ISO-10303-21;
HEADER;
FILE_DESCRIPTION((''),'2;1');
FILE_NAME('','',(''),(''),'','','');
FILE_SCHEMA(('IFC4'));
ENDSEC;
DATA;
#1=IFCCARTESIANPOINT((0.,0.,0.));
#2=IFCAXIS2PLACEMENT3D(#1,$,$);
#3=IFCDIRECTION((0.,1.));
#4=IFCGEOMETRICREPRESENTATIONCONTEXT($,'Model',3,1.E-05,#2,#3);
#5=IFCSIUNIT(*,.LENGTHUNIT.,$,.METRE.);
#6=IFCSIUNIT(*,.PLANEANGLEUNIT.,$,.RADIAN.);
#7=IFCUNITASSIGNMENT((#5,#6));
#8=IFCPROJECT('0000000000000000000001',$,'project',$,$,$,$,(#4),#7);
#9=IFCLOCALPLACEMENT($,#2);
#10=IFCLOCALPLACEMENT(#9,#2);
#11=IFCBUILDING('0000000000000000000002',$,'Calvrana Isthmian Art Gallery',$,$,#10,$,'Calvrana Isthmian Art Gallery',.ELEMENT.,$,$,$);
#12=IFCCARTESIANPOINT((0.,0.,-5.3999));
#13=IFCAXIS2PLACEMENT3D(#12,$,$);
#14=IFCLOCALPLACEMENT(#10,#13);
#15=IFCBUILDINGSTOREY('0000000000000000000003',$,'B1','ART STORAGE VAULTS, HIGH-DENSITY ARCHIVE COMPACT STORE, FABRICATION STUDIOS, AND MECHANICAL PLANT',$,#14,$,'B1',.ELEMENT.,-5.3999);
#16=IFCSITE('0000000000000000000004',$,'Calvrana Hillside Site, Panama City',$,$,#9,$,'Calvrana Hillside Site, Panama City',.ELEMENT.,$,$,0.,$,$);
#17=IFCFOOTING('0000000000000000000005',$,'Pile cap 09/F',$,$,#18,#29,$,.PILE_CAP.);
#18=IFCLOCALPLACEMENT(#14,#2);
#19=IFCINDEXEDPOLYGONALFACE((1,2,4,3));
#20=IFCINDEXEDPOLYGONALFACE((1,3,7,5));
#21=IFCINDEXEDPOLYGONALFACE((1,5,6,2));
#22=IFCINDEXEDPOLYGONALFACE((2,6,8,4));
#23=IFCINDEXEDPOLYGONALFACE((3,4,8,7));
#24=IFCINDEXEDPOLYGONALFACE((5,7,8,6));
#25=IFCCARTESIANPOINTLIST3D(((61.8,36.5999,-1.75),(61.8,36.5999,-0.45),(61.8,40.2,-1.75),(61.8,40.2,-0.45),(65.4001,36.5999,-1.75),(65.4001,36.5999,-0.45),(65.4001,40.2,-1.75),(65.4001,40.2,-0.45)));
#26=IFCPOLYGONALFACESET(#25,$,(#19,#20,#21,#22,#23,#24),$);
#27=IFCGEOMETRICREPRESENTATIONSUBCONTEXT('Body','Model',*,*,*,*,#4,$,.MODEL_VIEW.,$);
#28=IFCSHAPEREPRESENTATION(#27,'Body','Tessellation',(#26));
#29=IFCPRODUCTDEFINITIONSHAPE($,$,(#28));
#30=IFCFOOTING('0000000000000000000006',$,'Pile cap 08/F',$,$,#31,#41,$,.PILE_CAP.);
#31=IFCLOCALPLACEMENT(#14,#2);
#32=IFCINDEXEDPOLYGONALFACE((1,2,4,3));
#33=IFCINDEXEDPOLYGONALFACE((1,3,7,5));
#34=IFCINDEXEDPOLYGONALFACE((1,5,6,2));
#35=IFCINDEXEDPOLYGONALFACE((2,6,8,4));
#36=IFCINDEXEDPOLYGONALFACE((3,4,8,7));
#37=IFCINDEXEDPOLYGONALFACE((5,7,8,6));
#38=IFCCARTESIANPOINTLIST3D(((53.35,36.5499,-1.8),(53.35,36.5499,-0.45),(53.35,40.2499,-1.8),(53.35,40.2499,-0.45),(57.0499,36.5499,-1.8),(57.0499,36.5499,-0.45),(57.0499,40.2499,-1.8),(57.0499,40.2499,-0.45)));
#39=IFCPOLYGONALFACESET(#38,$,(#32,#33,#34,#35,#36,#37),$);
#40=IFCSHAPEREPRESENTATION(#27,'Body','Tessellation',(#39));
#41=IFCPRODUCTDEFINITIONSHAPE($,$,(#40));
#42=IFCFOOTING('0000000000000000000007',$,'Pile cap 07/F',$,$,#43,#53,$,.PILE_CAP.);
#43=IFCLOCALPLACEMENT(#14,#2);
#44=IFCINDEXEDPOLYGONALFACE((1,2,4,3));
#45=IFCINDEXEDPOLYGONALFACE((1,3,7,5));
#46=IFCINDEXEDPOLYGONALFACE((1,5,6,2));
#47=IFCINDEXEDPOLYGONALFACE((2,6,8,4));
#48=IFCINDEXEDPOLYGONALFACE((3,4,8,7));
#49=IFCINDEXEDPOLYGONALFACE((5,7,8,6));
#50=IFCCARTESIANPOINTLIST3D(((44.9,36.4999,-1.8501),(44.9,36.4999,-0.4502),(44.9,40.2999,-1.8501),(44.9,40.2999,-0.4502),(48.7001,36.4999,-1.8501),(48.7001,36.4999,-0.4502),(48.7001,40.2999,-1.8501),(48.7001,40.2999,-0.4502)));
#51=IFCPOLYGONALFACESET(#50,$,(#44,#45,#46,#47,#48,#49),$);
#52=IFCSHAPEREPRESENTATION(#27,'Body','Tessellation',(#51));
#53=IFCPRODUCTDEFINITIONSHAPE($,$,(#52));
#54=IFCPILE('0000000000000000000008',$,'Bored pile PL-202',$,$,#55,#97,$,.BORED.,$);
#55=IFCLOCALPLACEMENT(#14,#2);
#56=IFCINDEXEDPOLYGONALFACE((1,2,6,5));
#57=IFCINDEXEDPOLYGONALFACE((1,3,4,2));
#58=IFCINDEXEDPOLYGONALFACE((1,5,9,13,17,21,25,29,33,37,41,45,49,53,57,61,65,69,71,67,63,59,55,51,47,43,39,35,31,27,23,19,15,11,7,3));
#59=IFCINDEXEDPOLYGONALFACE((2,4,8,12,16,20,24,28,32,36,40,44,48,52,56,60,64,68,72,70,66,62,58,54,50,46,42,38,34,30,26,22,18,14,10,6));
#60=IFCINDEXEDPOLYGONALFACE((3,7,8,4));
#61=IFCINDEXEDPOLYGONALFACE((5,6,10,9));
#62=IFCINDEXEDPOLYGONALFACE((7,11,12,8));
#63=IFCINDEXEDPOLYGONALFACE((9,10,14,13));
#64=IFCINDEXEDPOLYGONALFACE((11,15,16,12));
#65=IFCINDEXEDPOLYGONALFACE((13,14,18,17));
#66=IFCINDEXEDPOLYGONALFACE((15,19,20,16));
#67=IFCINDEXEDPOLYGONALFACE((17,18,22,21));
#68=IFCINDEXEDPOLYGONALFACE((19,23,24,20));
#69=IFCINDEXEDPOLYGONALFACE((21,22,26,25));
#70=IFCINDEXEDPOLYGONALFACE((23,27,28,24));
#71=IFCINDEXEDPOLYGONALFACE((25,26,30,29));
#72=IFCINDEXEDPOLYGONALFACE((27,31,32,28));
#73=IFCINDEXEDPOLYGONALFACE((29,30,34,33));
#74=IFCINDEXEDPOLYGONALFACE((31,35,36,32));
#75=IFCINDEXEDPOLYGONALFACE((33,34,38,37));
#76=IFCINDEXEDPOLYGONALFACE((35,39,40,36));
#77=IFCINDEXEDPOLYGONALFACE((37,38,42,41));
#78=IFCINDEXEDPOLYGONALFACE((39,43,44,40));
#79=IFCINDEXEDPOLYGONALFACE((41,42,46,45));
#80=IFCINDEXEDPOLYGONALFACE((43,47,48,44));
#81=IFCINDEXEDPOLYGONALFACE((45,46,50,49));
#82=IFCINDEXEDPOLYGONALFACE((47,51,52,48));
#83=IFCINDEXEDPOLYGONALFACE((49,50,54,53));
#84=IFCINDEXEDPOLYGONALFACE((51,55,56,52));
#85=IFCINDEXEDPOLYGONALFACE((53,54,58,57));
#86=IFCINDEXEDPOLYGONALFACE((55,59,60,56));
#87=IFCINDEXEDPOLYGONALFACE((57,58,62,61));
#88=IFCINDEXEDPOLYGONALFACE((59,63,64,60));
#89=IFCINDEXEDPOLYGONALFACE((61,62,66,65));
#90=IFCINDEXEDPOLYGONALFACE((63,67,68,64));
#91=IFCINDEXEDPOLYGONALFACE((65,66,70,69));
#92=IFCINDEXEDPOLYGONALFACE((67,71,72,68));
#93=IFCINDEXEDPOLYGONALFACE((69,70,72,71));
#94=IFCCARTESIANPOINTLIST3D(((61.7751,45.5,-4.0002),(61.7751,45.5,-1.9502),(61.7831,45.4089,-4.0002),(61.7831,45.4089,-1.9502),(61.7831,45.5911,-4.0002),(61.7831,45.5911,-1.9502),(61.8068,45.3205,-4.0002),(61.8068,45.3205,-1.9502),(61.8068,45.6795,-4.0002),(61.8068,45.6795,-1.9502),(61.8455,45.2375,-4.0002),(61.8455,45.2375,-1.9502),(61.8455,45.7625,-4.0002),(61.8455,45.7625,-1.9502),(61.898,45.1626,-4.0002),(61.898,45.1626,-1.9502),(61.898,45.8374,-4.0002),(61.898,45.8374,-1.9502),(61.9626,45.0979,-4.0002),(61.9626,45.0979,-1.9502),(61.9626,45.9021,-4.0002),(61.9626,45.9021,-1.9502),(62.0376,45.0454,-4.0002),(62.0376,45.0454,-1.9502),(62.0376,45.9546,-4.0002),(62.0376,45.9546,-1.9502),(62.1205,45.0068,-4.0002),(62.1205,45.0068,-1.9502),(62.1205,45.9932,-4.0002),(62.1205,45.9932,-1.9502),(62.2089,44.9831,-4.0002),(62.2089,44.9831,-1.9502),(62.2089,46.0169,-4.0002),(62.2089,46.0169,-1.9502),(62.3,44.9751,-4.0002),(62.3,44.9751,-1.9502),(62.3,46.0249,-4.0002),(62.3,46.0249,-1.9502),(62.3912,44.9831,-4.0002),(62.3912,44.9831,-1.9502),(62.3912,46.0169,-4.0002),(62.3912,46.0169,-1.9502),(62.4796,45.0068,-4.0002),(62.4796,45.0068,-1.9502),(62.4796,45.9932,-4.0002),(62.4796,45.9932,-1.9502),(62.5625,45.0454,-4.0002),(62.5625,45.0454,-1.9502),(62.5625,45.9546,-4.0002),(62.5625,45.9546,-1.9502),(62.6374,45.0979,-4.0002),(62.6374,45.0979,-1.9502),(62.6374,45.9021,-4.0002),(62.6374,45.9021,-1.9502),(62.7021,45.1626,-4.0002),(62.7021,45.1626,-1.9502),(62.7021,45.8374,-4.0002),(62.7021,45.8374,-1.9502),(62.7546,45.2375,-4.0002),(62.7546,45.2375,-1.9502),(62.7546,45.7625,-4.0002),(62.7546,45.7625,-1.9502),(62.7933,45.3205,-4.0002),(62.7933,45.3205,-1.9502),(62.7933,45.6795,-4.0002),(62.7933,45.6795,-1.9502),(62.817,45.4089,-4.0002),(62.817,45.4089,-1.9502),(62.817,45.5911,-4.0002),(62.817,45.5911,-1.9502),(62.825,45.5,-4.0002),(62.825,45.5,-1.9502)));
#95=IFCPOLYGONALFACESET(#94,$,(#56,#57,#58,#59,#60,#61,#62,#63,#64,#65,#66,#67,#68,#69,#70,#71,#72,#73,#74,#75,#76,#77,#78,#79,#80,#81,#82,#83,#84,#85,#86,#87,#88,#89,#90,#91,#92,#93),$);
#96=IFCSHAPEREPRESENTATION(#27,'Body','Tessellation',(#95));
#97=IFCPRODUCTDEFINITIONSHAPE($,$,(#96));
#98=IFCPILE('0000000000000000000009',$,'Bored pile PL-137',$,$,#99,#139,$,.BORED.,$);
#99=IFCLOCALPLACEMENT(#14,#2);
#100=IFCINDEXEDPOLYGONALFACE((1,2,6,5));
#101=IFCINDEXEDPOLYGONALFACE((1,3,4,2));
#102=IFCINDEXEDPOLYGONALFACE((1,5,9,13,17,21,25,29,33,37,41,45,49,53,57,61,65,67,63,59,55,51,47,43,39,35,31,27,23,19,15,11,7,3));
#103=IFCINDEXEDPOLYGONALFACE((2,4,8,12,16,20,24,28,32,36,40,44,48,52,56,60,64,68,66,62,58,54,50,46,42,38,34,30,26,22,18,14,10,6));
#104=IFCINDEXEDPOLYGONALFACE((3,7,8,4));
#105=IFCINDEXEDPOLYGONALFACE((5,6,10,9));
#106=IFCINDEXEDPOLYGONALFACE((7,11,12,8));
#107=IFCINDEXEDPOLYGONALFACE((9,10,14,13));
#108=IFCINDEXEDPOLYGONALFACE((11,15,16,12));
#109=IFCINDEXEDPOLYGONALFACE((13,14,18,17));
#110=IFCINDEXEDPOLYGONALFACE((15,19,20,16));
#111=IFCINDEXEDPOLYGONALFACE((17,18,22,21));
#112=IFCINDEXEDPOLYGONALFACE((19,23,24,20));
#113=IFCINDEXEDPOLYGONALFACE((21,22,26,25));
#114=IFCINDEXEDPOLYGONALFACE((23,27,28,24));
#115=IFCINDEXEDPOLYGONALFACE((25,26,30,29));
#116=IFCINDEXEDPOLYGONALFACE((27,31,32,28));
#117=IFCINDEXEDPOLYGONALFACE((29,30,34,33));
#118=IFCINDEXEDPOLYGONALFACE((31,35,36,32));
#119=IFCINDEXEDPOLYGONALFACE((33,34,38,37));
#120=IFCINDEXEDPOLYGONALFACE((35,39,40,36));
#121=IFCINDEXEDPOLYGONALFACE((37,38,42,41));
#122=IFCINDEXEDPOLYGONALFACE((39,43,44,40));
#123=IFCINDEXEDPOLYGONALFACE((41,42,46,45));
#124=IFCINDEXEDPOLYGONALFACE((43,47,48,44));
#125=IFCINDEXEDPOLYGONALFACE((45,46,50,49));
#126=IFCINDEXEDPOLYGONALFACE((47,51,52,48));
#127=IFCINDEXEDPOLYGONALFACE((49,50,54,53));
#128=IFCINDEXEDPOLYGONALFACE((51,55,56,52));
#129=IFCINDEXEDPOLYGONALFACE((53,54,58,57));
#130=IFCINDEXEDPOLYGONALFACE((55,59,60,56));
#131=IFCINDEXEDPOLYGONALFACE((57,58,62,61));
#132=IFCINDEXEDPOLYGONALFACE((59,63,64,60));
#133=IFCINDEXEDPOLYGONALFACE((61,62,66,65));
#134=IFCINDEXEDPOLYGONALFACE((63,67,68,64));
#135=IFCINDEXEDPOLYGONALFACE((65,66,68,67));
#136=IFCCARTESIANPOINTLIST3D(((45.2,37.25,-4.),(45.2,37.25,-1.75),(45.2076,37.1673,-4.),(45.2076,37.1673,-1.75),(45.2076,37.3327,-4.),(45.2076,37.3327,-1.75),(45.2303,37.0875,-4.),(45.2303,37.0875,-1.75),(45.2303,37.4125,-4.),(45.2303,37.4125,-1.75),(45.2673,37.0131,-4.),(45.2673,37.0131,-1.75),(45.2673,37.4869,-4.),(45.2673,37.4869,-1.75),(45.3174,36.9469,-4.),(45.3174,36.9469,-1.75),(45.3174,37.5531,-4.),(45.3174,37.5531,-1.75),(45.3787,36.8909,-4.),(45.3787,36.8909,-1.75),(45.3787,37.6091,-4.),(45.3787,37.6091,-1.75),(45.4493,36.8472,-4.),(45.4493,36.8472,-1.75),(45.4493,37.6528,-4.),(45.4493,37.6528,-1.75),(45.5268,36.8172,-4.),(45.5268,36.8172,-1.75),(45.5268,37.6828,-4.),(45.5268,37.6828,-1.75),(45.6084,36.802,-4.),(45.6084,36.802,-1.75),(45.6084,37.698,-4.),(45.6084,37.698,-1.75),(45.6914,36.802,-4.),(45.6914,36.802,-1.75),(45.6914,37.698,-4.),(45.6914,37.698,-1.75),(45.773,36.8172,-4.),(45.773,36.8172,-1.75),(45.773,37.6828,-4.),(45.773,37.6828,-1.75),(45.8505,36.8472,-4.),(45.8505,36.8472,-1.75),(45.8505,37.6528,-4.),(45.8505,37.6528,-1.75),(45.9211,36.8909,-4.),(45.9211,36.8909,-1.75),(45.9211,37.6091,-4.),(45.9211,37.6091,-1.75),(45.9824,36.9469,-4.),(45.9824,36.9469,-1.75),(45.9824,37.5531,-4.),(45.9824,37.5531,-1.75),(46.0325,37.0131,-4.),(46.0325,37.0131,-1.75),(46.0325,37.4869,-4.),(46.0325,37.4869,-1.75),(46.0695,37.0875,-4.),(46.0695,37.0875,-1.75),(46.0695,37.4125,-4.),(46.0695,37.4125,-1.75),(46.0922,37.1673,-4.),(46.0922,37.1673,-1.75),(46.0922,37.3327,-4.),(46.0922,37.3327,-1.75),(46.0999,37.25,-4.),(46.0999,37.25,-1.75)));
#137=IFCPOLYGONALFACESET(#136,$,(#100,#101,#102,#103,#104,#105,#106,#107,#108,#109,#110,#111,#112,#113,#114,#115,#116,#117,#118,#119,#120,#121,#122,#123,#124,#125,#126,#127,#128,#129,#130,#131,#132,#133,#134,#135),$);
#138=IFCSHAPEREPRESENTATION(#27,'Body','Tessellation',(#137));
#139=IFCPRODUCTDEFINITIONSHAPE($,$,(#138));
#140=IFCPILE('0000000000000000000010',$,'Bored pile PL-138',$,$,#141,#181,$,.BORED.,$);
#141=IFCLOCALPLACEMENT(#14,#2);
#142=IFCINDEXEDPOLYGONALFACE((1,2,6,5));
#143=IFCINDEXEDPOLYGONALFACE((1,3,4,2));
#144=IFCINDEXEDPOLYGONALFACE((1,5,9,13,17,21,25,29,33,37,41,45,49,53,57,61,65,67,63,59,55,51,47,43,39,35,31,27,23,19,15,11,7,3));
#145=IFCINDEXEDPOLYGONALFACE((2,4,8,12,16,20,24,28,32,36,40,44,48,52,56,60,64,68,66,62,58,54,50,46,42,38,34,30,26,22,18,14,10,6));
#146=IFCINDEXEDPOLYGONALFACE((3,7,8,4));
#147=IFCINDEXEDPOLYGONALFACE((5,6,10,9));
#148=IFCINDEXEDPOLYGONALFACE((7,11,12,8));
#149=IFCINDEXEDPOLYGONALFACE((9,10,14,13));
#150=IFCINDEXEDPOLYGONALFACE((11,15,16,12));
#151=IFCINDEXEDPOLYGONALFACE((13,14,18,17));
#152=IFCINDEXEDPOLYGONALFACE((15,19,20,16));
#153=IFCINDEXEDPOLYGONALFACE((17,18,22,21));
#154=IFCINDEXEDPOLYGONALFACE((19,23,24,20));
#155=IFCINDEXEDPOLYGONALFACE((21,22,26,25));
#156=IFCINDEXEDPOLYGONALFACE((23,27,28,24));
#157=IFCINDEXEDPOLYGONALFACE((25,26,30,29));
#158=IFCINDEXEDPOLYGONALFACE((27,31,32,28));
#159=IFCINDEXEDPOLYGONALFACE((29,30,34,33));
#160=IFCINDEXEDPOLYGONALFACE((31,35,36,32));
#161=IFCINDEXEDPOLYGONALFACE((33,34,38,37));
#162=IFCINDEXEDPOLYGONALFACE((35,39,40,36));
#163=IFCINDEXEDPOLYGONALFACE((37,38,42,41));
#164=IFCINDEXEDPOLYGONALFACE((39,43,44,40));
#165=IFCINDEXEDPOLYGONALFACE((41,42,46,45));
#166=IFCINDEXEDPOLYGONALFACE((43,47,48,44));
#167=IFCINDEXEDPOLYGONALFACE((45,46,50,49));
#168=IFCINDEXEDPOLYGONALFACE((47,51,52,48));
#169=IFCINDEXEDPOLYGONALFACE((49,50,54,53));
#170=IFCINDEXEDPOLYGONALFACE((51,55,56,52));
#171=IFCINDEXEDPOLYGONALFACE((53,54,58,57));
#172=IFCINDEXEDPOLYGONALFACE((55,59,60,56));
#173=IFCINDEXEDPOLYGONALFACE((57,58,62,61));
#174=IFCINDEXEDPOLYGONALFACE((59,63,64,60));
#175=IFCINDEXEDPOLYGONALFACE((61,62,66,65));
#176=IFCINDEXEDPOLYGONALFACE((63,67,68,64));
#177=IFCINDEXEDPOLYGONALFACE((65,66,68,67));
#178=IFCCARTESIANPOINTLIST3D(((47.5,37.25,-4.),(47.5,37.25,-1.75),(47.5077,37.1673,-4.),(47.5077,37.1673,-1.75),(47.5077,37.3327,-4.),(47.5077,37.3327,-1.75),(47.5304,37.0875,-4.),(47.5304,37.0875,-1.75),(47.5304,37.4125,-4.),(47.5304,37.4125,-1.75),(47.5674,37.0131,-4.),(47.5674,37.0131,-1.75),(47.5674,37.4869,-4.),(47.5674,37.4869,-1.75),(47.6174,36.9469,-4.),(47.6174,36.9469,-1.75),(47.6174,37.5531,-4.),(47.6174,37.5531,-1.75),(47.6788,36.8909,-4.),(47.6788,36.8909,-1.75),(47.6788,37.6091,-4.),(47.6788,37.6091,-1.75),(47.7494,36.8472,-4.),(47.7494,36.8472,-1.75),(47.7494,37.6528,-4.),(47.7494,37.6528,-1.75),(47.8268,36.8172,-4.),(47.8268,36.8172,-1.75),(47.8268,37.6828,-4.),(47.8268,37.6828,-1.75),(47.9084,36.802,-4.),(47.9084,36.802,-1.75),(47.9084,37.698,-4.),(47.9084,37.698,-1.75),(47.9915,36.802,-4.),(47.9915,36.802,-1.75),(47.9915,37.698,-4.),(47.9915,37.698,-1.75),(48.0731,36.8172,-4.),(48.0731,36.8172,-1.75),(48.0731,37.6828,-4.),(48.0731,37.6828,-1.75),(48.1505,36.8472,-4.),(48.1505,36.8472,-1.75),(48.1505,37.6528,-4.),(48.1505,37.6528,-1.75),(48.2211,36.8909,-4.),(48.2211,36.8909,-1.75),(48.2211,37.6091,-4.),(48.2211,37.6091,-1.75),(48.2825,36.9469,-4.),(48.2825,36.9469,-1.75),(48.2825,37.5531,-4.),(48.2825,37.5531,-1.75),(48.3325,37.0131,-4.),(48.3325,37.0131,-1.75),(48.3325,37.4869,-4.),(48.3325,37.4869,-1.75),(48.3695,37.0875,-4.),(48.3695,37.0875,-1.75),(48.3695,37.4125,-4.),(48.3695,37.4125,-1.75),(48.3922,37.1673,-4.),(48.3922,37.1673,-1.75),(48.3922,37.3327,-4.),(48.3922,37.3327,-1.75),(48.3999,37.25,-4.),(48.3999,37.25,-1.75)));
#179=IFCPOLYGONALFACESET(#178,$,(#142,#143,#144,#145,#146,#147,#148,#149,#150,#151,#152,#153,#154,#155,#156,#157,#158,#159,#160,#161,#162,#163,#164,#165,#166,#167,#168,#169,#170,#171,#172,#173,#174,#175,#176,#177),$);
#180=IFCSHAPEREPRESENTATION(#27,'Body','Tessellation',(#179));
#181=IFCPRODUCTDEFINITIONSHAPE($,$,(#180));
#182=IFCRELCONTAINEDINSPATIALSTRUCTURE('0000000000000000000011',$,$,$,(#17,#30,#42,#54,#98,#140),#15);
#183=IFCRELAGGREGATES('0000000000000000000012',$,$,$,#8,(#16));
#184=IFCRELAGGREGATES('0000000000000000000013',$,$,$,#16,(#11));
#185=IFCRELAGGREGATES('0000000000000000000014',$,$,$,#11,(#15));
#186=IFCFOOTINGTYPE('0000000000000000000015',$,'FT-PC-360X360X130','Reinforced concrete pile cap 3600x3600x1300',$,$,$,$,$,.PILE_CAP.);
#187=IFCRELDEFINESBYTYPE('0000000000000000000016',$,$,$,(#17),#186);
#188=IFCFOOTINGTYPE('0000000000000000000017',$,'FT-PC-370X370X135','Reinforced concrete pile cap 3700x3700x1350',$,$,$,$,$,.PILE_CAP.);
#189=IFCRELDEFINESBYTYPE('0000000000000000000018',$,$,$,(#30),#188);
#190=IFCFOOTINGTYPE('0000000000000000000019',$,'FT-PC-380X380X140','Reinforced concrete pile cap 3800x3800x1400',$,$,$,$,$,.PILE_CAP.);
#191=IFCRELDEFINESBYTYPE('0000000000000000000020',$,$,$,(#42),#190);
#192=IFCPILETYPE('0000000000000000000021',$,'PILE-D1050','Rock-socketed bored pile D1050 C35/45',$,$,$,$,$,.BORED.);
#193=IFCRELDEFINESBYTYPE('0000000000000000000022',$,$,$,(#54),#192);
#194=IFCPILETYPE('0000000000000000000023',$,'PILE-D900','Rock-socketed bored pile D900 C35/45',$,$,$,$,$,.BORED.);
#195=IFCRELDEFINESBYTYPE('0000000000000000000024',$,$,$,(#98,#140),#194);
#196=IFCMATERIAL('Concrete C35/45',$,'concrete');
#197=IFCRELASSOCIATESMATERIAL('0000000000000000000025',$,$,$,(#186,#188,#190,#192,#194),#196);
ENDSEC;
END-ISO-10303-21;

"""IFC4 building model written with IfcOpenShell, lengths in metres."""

from ifc_helpers import new_model, si_unit, direction, frame, origin, origin_2d, place, context, subcontext, project, spatial, rectangle, circle, extrude, material, material_profile, profile_set, type_object, element, save


model = new_model("IFC4")

# Units and contexts
model_context = context("Model", 3, precision=1e-05, world=origin(), true_north=direction((0.0, 1.0)))
body_context = subcontext(model_context, "Body", "Model", "MODEL_VIEW")
ifc_project = project(units=[si_unit("LENGTHUNIT", "METRE"), si_unit("PLANEANGLEUNIT", "RADIAN")], contexts=[model_context])

# Site, building, storey
site_placement = place(None, origin())
site = spatial("IfcSite", under=ifc_project, at=site_placement, Name="Calvrana Hillside Site, Panama City", LongName="Calvrana Hillside Site, Panama City", CompositionType="ELEMENT", RefElevation=0.0)
building_placement = place(site_placement, origin())
building = spatial("IfcBuilding", under=site, at=building_placement, Name="Calvrana Isthmian Art Gallery", LongName="Calvrana Isthmian Art Gallery", CompositionType="ELEMENT")
storey_placement = place(building_placement, frame((0.0, 0.0, -5.3999)))
storey = spatial("IfcBuildingStorey", under=building, at=storey_placement, Name="B1", Description="ART STORAGE VAULTS, HIGH-DENSITY ARCHIVE COMPACT STORE, FABRICATION STUDIOS, AND MECHANICAL PLANT", LongName="B1", CompositionType="ELEMENT", Elevation=-5.3999)

# Footings
ifc_material_1 = material(Name="Concrete C35/45", Category="concrete")
footing_type_1 = type_object("IfcFootingType", Name="FT-PC-360X360X130", Description="Reinforced concrete pile cap 3600x3600x1300", PredefinedType="PILE_CAP", material=ifc_material_1)
footing_1_placement = place(storey_placement, frame((63.6001, 38.3999, -1.75), z_axis=(0.0, 0.0, 1.0), x_axis=(1.0, 0.0, 0.0)))
element("IfcFooting", 1, at=footing_1_placement, inside=storey, type_object=footing_type_1, Name="Pile cap 09/F", PredefinedType="PILE_CAP", context=body_context, shape_type="SweptSolid", body=[
    extrude(rectangle(XDim=3.6001, YDim=3.6001, at=origin_2d()), origin(), (0.0, 0.0, 1.0), 1.3),
])
footing_type_2 = type_object("IfcFootingType", Name="FT-PC-370X370X135", Description="Reinforced concrete pile cap 3700x3700x1350", PredefinedType="PILE_CAP", material=ifc_material_1)
footing_2_placement = place(storey_placement, frame((55.2, 38.3999, -1.8), z_axis=(0.0, 0.0, 1.0), x_axis=(1.0, 0.0, 0.0)))
element("IfcFooting", 2, at=footing_2_placement, inside=storey, type_object=footing_type_2, Name="Pile cap 08/F", PredefinedType="PILE_CAP", context=body_context, shape_type="SweptSolid", body=[
    extrude(rectangle(XDim=3.7, YDim=3.7, at=origin_2d()), origin(), (0.0, 0.0, 1.0), 1.3501),
])
footing_type_3 = type_object("IfcFootingType", Name="FT-PC-380X380X140", Description="Reinforced concrete pile cap 3800x3800x1400", PredefinedType="PILE_CAP", material=ifc_material_1)
footing_3_placement = place(storey_placement, frame((46.8, 38.3999, -1.8501), z_axis=(0.0, 0.0, 1.0), x_axis=(1.0, 0.0, 0.0)))
element("IfcFooting", 3, at=footing_3_placement, inside=storey, type_object=footing_type_3, Name="Pile cap 07/F", PredefinedType="PILE_CAP", context=body_context, shape_type="SweptSolid", body=[
    extrude(rectangle(XDim=3.8, YDim=3.8, at=origin_2d()), origin(), (0.0, 0.0, 1.0), 1.3999),
])

# Piles
ifc_material_profile_1 = material_profile(ifc_material_1, circle(Radius=0.5249, at=origin_2d()), Name="PILE1050D")
ifc_profile_set_1 = profile_set([ifc_material_profile_1], Name="Concrete C35/45")
pile_type_1 = type_object("IfcPileType", Name="PILE-D1050", Description="Rock-socketed bored pile D1050 C35/45", PredefinedType="BORED", material=ifc_profile_set_1)
pile_1_placement = place(storey_placement, frame((62.3, 45.5, -1.9502), z_axis=(0.0, 0.0, -1.0), x_axis=(1.0, 0.0, 0.0)))
element("IfcPile", 4, at=pile_1_placement, inside=storey, type_object=pile_type_1, Name="Bored pile PL-202", PredefinedType="BORED", context=body_context, shape_type="SweptSolid", body=[
    extrude(circle(Radius=0.5249, at=origin_2d()), origin(), (0.0, 0.0, 1.0), 2.05),
])
ifc_material_profile_2 = material_profile(ifc_material_1, circle(Radius=0.45, at=origin_2d()), Name="PILE900D")
ifc_profile_set_2 = profile_set([ifc_material_profile_2], Name="Concrete C35/45")
pile_type_2 = type_object("IfcPileType", Name="PILE-D900", Description="Rock-socketed bored pile D900 C35/45", PredefinedType="BORED", material=ifc_profile_set_2)
for number, where, z_axis, x_axis, name in (
    (5, (45.6499, 37.25, -1.75), (0.0, 0.0, -1.0), (1.0, 0.0, 0.0), "Bored pile PL-137"),
    (6, (47.95, 37.25, -1.75), (0.0, 0.0, -1.0), (1.0, 0.0, 0.0), "Bored pile PL-138"),
):
    element("IfcPile", number, at=place(storey_placement, frame(where, z_axis=z_axis, x_axis=x_axis)), inside=storey, type_object=pile_type_2, Name=name, PredefinedType="BORED", context=body_context, shape_type="SweptSolid", body=[
        extrude(circle(Radius=0.45, at=origin_2d()), origin(), (0.0, 0.0, 1.0), 2.25),
    ])

save(model, "model.ifc")
